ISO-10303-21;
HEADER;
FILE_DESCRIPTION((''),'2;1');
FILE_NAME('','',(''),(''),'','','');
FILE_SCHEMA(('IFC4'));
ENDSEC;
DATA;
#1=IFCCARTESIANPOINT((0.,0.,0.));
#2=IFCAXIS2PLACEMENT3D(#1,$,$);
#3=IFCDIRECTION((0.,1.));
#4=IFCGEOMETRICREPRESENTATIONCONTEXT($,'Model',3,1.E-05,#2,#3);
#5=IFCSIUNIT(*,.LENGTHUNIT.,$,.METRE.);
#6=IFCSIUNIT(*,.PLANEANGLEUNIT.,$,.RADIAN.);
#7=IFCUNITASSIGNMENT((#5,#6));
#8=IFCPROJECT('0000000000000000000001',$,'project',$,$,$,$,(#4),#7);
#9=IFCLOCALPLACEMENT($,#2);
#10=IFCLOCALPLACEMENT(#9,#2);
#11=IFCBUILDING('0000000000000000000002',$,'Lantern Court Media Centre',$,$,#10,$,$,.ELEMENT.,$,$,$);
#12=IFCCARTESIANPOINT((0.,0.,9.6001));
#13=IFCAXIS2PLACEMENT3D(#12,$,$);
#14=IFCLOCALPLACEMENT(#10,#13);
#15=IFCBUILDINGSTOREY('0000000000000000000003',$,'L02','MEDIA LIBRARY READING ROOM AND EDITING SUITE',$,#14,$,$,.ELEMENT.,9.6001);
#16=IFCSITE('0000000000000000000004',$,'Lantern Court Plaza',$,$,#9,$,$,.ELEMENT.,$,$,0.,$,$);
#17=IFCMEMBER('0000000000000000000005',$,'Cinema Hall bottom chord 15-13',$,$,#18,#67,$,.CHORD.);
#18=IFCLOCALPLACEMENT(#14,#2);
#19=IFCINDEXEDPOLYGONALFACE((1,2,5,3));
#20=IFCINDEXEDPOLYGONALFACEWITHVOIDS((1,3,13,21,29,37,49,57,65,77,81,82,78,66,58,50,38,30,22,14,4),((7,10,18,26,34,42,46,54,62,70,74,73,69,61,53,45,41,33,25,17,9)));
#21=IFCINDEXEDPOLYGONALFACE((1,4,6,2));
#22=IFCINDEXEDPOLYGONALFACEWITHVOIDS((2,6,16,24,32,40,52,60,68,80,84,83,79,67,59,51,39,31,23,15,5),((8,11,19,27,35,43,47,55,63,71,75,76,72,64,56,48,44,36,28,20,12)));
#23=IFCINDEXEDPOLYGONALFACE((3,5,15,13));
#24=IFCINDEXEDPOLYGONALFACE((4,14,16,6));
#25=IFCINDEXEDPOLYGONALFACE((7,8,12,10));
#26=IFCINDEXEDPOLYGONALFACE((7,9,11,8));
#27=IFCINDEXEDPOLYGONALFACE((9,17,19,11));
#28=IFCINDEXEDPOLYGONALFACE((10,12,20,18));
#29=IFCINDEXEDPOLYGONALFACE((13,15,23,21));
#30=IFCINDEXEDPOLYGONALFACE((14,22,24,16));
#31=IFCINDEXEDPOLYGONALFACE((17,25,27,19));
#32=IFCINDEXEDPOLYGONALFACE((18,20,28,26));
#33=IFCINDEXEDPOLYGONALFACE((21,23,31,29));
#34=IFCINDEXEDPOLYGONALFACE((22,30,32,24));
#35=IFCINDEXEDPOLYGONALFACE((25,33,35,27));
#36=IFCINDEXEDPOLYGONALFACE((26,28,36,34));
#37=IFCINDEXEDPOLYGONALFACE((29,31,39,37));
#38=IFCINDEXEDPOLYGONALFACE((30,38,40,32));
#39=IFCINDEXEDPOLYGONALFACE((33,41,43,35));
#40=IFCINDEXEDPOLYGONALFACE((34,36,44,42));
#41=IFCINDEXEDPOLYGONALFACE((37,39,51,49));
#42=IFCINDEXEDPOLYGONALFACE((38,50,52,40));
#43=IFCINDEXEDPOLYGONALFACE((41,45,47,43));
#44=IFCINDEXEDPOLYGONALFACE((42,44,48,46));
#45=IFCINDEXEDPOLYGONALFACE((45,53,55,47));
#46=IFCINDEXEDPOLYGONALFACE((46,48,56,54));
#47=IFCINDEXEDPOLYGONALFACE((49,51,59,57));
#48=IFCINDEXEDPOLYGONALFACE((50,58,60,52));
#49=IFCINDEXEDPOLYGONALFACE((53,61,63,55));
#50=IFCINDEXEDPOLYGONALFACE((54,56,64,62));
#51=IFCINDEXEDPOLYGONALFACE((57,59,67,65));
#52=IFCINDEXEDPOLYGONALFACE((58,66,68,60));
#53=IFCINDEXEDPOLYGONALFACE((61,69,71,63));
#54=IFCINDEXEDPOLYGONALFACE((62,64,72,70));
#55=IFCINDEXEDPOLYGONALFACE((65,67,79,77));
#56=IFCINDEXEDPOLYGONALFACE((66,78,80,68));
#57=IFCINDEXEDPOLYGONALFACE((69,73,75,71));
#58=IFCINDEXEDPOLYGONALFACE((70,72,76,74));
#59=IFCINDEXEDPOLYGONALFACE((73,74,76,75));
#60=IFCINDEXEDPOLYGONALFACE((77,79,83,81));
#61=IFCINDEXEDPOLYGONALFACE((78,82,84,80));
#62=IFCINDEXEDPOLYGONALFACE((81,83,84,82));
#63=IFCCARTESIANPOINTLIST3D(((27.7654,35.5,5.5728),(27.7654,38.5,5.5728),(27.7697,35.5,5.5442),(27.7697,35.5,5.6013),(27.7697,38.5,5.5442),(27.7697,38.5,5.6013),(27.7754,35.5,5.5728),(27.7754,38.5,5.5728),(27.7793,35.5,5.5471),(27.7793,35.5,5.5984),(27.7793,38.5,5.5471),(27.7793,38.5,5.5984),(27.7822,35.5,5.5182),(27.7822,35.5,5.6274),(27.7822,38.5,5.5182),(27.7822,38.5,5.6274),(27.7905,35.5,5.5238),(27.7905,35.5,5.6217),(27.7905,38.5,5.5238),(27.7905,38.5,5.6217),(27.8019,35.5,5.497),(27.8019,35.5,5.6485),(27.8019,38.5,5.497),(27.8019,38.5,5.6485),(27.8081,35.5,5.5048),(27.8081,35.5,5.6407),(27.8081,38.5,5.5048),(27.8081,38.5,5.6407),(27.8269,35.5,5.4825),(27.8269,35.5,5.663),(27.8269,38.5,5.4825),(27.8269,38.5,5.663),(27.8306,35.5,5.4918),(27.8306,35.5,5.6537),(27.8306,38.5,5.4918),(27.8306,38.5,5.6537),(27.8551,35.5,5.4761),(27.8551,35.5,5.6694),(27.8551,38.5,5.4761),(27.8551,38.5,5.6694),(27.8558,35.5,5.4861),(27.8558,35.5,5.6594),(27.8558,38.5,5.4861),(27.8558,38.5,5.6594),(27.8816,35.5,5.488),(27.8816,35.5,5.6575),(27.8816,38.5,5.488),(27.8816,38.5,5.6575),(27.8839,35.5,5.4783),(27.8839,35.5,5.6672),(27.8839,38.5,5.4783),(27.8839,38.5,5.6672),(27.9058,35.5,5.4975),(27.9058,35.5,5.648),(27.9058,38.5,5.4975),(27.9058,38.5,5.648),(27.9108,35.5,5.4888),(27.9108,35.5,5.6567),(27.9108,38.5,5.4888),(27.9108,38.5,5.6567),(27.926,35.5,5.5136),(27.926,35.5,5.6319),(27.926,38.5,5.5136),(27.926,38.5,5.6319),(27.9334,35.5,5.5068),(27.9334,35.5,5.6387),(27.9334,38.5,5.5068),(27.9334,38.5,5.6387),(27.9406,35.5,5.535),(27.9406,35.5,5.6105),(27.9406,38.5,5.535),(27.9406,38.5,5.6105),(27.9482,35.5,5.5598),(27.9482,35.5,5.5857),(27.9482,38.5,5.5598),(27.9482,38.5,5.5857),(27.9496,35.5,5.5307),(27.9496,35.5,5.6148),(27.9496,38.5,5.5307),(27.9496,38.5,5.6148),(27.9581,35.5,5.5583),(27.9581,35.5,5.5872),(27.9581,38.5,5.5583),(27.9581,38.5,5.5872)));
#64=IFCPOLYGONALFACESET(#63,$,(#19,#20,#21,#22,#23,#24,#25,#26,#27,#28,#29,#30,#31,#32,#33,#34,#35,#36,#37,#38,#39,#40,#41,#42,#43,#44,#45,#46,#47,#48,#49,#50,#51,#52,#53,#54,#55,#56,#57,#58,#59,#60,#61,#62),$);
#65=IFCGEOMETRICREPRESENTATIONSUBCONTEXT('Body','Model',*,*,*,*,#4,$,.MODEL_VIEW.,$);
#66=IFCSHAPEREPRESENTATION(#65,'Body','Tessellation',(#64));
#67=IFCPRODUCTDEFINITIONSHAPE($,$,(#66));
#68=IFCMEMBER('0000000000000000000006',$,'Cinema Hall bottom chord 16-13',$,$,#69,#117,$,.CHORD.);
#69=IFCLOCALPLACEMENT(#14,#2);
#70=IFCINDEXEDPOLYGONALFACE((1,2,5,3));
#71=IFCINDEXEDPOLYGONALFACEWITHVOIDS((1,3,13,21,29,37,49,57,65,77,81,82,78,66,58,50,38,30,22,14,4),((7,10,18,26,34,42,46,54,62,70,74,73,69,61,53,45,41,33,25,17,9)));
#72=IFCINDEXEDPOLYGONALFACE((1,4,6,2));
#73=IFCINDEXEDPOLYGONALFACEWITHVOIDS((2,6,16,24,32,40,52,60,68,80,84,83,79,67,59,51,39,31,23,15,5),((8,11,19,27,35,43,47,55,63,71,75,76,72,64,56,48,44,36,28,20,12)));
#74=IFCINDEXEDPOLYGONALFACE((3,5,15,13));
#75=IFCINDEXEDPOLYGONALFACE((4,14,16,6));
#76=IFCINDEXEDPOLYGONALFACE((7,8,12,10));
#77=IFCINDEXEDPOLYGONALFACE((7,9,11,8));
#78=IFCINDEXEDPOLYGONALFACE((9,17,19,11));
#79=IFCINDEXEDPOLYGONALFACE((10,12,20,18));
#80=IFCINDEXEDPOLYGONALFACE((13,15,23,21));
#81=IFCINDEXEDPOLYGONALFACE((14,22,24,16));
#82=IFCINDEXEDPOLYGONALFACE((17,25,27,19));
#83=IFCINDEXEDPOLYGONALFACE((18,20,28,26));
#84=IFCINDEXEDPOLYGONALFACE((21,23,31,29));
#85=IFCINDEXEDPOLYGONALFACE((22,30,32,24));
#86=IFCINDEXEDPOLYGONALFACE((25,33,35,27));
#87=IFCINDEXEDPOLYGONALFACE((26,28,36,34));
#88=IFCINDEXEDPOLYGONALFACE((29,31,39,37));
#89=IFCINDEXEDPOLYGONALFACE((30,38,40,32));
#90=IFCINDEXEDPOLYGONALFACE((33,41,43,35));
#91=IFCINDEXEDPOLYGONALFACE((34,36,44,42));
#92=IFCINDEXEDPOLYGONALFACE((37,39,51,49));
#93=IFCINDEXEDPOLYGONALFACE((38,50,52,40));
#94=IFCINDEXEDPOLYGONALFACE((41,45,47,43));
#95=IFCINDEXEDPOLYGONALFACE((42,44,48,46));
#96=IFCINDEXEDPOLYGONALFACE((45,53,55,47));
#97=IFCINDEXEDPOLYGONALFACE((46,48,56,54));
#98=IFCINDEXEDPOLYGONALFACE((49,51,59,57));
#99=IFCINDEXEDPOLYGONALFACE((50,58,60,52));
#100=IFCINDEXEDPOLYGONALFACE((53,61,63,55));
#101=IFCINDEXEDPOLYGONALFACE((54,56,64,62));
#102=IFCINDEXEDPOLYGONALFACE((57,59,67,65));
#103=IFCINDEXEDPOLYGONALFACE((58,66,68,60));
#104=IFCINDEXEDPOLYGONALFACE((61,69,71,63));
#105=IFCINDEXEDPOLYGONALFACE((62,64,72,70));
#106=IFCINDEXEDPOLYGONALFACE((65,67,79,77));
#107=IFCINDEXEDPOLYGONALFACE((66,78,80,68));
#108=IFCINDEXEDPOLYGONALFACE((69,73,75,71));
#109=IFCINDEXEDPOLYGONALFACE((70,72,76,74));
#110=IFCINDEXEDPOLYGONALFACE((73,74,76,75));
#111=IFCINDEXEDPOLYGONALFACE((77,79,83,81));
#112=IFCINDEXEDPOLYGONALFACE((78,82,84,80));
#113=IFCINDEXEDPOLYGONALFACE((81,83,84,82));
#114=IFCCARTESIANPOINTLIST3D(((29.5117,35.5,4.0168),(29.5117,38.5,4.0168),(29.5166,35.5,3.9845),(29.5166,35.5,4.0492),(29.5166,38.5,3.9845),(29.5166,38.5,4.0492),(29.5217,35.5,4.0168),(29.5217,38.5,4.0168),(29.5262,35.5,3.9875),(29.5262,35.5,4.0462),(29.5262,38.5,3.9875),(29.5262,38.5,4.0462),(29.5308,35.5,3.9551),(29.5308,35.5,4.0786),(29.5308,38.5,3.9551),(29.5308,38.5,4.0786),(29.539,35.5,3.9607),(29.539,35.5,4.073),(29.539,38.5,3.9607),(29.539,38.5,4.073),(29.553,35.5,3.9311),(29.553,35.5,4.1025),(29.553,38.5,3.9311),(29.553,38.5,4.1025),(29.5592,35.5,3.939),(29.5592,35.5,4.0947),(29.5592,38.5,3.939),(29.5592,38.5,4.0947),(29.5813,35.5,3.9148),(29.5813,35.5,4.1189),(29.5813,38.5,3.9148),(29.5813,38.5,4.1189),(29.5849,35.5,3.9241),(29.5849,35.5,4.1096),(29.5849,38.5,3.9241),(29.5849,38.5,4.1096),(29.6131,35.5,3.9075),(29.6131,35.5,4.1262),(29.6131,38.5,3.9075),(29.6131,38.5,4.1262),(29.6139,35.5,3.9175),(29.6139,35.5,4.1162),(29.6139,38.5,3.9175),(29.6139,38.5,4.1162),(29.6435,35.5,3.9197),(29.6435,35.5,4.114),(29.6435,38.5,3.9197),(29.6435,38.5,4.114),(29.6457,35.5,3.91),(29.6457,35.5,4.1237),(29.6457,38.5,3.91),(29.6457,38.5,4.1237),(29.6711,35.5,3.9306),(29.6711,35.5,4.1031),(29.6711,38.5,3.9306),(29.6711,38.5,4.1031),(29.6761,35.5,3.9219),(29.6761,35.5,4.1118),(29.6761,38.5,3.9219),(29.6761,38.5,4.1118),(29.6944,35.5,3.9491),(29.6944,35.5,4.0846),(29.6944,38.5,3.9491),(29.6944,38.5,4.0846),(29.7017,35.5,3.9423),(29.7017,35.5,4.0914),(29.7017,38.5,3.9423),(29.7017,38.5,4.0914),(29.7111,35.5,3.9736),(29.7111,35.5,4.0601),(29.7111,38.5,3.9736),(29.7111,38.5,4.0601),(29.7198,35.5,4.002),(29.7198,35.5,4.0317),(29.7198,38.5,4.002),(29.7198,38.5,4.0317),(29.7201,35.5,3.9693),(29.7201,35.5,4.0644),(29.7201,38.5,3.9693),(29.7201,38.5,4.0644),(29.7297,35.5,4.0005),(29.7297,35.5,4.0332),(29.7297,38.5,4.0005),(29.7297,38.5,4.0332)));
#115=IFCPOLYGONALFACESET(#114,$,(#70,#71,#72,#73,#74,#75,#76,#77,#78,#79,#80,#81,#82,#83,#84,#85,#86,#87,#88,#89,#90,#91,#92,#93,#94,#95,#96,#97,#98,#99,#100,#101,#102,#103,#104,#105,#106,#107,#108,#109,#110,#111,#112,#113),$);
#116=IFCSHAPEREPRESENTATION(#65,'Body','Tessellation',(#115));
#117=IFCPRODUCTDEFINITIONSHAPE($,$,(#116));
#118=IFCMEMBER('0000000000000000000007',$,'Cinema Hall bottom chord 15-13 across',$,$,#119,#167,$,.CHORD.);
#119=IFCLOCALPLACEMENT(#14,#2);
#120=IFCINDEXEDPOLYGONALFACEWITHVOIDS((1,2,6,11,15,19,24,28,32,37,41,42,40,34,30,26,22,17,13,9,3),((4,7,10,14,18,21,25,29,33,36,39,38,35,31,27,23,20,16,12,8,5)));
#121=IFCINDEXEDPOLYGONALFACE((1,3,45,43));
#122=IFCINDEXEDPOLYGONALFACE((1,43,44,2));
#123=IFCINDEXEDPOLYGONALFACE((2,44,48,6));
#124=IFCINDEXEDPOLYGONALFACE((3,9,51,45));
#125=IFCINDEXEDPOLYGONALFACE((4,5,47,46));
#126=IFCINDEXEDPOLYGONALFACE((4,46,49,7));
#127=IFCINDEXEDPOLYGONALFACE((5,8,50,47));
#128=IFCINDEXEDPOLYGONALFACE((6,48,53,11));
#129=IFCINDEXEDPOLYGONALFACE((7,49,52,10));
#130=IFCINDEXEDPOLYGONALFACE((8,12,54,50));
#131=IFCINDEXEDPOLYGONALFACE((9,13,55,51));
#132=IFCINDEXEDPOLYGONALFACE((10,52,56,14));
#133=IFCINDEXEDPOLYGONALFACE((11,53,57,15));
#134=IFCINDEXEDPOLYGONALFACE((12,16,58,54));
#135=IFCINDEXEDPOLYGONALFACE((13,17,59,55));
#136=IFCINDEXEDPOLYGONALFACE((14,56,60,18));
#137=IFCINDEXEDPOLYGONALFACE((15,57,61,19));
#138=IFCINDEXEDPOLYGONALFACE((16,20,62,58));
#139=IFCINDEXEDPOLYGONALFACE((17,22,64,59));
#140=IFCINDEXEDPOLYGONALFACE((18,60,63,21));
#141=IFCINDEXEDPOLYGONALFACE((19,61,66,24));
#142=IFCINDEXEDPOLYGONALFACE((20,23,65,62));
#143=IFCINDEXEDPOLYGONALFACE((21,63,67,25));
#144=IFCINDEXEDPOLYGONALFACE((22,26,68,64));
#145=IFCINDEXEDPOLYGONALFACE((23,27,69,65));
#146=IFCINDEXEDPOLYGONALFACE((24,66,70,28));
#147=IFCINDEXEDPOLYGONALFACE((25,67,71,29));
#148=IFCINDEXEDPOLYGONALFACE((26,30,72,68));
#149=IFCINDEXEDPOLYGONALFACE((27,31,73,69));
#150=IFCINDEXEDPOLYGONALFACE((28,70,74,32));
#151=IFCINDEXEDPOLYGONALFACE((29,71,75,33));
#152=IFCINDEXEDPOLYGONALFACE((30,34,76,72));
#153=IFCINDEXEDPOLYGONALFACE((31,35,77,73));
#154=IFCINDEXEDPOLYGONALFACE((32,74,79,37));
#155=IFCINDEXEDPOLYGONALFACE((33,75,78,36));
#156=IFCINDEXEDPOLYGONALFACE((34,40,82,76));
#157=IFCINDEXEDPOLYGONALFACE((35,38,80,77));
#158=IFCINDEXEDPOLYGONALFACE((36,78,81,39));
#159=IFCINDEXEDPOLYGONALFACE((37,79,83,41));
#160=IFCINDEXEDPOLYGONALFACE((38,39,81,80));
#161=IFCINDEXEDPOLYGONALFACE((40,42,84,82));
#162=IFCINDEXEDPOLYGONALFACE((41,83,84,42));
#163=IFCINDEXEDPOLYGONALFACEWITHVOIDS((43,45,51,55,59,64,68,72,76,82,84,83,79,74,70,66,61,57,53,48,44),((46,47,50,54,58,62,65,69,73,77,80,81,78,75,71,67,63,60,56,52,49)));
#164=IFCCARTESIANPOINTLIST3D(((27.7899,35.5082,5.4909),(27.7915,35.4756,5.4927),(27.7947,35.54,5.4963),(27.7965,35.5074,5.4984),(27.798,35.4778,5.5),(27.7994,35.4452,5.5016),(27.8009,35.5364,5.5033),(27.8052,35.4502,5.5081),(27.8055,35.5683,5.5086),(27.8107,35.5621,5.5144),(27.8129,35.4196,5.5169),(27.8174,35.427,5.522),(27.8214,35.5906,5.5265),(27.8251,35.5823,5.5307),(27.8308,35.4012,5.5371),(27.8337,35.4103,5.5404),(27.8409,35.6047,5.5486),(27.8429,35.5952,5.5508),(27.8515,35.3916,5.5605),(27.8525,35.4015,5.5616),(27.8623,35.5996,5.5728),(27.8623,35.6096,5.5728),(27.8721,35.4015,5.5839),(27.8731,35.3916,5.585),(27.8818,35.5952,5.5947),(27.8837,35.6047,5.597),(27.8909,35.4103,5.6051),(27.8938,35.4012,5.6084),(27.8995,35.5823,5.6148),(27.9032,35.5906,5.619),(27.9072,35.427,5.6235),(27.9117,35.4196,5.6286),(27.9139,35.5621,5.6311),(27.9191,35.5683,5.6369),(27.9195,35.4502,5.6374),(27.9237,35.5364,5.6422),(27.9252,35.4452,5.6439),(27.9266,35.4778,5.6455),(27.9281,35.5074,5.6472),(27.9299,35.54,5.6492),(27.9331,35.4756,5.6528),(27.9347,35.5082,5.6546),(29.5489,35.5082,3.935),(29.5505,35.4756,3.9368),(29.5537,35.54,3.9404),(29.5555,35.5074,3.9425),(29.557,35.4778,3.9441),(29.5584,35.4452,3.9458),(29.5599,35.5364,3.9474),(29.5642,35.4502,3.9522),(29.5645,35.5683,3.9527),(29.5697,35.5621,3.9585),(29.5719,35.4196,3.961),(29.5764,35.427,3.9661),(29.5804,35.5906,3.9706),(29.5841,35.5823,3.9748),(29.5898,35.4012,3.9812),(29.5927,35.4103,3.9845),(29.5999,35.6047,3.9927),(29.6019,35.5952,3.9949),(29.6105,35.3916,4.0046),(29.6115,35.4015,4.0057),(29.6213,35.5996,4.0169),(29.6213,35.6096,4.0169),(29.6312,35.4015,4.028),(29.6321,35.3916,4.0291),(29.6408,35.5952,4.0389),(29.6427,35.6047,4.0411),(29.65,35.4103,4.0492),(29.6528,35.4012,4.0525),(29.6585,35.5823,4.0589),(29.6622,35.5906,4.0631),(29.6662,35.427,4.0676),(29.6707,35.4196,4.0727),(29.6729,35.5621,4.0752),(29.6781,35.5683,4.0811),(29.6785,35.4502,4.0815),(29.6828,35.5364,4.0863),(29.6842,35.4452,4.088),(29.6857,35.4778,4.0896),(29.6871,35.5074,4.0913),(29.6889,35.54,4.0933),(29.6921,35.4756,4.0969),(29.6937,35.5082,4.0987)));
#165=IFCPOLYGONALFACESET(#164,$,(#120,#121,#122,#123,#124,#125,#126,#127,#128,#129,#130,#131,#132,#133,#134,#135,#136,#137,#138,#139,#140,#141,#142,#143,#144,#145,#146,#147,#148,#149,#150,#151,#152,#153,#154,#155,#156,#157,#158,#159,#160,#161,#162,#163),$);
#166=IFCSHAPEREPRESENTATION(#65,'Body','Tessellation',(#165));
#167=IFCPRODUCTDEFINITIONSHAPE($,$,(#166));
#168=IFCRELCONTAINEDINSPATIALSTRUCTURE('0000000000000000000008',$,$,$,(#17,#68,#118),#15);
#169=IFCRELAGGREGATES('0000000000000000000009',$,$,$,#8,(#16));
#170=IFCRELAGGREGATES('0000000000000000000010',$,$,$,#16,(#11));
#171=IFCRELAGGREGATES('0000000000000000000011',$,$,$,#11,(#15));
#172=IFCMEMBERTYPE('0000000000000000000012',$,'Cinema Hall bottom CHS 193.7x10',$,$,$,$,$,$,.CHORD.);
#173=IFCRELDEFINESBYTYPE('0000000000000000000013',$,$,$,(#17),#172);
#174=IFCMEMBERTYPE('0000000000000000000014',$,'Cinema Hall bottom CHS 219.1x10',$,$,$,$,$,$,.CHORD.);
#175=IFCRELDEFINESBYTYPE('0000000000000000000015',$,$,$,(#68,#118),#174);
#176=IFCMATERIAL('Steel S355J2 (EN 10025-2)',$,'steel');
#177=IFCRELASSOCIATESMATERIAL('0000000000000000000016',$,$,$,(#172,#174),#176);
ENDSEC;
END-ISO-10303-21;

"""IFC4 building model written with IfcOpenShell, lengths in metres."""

from ifc_helpers import new_model, si_unit, direction, frame, origin, origin_2d, place, context, subcontext, project, spatial, hollow_circle, extrude, material, material_profile, profile_set, type_object, element, save


model = new_model("IFC4")

# Units and contexts
model_context = context("Model", 3, precision=1e-05, world=origin(), true_north=direction((0.0, 1.0)))
body_context = subcontext(model_context, "Body", "Model", "MODEL_VIEW")
ifc_project = project(units=[si_unit("LENGTHUNIT", "METRE"), si_unit("PLANEANGLEUNIT", "RADIAN")], contexts=[model_context])

# Site, building, storey
site_placement = place(None, origin())
site = spatial("IfcSite", under=ifc_project, at=site_placement, Name="Lantern Court Plaza", CompositionType="ELEMENT", RefElevation=0.0)
building_placement = place(site_placement, origin())
building = spatial("IfcBuilding", under=site, at=building_placement, Name="Lantern Court Media Centre", CompositionType="ELEMENT")
storey_placement = place(building_placement, frame((0.0, 0.0, 9.6001)))
storey = spatial("IfcBuildingStorey", under=building, at=storey_placement, Name="L02", Description="MEDIA LIBRARY READING ROOM AND EDITING SUITE", CompositionType="ELEMENT", Elevation=9.6001)

# Members
ifc_material_1 = material(Name="Steel S355J2 (EN 10025-2)", Category="steel")
ifc_material_profile_1 = material_profile(ifc_material_1, hollow_circle(Radius=0.0969, WallThickness=0.01, at=origin_2d()), Name="Cinema Hall bottom CHS 193.7x10")
ifc_profile_set_1 = profile_set([ifc_material_profile_1], Name="Steel S355J2 (EN 10025-2)")
member_type_1 = type_object("IfcMemberType", Name="Cinema Hall bottom CHS 193.7x10", PredefinedType="CHORD", material=ifc_profile_set_1)
member_1_placement = place(storey_placement, frame((27.8623, 35.5, 5.5728), z_axis=(0.0, 1.0, 0.0), x_axis=(-1.0, 0.0, 0.0)))
element("IfcMember", 1, at=member_1_placement, inside=storey, type_object=member_type_1, Name="Cinema Hall bottom chord 15-13", PredefinedType="CHORD", context=body_context, shape_type="SweptSolid", body=[
    extrude(hollow_circle(Radius=0.0969, WallThickness=0.01, at=origin_2d()), origin(), (0.0, 0.0, 1.0), 3.0),
])
ifc_material_profile_2 = material_profile(ifc_material_1, hollow_circle(Radius=0.1096, WallThickness=0.01, at=origin_2d()), Name="Cinema Hall bottom CHS 219.1x10")
ifc_profile_set_2 = profile_set([ifc_material_profile_2], Name="Steel S355J2 (EN 10025-2)")
member_type_2 = type_object("IfcMemberType", Name="Cinema Hall bottom CHS 219.1x10", PredefinedType="CHORD", material=ifc_profile_set_2)
member_2_placement = place(storey_placement, frame((29.6213, 35.5, 4.0168), z_axis=(0.0, 1.0, 0.0), x_axis=(-1.0, 0.0, 0.0)))
element("IfcMember", 2, at=member_2_placement, inside=storey, type_object=member_type_2, Name="Cinema Hall bottom chord 16-13", PredefinedType="CHORD", context=body_context, shape_type="SweptSolid", body=[
    extrude(hollow_circle(Radius=0.1096, WallThickness=0.01, at=origin_2d()), origin(), (0.0, 0.0, 1.0), 3.0),
])
member_3_placement = place(storey_placement, frame((27.8623, 35.5, 5.5728), z_axis=(0.74903, 0.0, -0.662536), x_axis=(0.0, 1.0, 0.0)))
element("IfcMember", 3, at=member_3_placement, inside=storey, type_object=member_type_2, Name="Cinema Hall bottom chord 15-13 across", PredefinedType="CHORD", context=body_context, shape_type="SweptSolid", body=[
    extrude(hollow_circle(Radius=0.1096, WallThickness=0.01, at=origin_2d()), origin(), (0.0, 0.0, 1.0), 2.3484),
])

save(model, "model.ifc")
